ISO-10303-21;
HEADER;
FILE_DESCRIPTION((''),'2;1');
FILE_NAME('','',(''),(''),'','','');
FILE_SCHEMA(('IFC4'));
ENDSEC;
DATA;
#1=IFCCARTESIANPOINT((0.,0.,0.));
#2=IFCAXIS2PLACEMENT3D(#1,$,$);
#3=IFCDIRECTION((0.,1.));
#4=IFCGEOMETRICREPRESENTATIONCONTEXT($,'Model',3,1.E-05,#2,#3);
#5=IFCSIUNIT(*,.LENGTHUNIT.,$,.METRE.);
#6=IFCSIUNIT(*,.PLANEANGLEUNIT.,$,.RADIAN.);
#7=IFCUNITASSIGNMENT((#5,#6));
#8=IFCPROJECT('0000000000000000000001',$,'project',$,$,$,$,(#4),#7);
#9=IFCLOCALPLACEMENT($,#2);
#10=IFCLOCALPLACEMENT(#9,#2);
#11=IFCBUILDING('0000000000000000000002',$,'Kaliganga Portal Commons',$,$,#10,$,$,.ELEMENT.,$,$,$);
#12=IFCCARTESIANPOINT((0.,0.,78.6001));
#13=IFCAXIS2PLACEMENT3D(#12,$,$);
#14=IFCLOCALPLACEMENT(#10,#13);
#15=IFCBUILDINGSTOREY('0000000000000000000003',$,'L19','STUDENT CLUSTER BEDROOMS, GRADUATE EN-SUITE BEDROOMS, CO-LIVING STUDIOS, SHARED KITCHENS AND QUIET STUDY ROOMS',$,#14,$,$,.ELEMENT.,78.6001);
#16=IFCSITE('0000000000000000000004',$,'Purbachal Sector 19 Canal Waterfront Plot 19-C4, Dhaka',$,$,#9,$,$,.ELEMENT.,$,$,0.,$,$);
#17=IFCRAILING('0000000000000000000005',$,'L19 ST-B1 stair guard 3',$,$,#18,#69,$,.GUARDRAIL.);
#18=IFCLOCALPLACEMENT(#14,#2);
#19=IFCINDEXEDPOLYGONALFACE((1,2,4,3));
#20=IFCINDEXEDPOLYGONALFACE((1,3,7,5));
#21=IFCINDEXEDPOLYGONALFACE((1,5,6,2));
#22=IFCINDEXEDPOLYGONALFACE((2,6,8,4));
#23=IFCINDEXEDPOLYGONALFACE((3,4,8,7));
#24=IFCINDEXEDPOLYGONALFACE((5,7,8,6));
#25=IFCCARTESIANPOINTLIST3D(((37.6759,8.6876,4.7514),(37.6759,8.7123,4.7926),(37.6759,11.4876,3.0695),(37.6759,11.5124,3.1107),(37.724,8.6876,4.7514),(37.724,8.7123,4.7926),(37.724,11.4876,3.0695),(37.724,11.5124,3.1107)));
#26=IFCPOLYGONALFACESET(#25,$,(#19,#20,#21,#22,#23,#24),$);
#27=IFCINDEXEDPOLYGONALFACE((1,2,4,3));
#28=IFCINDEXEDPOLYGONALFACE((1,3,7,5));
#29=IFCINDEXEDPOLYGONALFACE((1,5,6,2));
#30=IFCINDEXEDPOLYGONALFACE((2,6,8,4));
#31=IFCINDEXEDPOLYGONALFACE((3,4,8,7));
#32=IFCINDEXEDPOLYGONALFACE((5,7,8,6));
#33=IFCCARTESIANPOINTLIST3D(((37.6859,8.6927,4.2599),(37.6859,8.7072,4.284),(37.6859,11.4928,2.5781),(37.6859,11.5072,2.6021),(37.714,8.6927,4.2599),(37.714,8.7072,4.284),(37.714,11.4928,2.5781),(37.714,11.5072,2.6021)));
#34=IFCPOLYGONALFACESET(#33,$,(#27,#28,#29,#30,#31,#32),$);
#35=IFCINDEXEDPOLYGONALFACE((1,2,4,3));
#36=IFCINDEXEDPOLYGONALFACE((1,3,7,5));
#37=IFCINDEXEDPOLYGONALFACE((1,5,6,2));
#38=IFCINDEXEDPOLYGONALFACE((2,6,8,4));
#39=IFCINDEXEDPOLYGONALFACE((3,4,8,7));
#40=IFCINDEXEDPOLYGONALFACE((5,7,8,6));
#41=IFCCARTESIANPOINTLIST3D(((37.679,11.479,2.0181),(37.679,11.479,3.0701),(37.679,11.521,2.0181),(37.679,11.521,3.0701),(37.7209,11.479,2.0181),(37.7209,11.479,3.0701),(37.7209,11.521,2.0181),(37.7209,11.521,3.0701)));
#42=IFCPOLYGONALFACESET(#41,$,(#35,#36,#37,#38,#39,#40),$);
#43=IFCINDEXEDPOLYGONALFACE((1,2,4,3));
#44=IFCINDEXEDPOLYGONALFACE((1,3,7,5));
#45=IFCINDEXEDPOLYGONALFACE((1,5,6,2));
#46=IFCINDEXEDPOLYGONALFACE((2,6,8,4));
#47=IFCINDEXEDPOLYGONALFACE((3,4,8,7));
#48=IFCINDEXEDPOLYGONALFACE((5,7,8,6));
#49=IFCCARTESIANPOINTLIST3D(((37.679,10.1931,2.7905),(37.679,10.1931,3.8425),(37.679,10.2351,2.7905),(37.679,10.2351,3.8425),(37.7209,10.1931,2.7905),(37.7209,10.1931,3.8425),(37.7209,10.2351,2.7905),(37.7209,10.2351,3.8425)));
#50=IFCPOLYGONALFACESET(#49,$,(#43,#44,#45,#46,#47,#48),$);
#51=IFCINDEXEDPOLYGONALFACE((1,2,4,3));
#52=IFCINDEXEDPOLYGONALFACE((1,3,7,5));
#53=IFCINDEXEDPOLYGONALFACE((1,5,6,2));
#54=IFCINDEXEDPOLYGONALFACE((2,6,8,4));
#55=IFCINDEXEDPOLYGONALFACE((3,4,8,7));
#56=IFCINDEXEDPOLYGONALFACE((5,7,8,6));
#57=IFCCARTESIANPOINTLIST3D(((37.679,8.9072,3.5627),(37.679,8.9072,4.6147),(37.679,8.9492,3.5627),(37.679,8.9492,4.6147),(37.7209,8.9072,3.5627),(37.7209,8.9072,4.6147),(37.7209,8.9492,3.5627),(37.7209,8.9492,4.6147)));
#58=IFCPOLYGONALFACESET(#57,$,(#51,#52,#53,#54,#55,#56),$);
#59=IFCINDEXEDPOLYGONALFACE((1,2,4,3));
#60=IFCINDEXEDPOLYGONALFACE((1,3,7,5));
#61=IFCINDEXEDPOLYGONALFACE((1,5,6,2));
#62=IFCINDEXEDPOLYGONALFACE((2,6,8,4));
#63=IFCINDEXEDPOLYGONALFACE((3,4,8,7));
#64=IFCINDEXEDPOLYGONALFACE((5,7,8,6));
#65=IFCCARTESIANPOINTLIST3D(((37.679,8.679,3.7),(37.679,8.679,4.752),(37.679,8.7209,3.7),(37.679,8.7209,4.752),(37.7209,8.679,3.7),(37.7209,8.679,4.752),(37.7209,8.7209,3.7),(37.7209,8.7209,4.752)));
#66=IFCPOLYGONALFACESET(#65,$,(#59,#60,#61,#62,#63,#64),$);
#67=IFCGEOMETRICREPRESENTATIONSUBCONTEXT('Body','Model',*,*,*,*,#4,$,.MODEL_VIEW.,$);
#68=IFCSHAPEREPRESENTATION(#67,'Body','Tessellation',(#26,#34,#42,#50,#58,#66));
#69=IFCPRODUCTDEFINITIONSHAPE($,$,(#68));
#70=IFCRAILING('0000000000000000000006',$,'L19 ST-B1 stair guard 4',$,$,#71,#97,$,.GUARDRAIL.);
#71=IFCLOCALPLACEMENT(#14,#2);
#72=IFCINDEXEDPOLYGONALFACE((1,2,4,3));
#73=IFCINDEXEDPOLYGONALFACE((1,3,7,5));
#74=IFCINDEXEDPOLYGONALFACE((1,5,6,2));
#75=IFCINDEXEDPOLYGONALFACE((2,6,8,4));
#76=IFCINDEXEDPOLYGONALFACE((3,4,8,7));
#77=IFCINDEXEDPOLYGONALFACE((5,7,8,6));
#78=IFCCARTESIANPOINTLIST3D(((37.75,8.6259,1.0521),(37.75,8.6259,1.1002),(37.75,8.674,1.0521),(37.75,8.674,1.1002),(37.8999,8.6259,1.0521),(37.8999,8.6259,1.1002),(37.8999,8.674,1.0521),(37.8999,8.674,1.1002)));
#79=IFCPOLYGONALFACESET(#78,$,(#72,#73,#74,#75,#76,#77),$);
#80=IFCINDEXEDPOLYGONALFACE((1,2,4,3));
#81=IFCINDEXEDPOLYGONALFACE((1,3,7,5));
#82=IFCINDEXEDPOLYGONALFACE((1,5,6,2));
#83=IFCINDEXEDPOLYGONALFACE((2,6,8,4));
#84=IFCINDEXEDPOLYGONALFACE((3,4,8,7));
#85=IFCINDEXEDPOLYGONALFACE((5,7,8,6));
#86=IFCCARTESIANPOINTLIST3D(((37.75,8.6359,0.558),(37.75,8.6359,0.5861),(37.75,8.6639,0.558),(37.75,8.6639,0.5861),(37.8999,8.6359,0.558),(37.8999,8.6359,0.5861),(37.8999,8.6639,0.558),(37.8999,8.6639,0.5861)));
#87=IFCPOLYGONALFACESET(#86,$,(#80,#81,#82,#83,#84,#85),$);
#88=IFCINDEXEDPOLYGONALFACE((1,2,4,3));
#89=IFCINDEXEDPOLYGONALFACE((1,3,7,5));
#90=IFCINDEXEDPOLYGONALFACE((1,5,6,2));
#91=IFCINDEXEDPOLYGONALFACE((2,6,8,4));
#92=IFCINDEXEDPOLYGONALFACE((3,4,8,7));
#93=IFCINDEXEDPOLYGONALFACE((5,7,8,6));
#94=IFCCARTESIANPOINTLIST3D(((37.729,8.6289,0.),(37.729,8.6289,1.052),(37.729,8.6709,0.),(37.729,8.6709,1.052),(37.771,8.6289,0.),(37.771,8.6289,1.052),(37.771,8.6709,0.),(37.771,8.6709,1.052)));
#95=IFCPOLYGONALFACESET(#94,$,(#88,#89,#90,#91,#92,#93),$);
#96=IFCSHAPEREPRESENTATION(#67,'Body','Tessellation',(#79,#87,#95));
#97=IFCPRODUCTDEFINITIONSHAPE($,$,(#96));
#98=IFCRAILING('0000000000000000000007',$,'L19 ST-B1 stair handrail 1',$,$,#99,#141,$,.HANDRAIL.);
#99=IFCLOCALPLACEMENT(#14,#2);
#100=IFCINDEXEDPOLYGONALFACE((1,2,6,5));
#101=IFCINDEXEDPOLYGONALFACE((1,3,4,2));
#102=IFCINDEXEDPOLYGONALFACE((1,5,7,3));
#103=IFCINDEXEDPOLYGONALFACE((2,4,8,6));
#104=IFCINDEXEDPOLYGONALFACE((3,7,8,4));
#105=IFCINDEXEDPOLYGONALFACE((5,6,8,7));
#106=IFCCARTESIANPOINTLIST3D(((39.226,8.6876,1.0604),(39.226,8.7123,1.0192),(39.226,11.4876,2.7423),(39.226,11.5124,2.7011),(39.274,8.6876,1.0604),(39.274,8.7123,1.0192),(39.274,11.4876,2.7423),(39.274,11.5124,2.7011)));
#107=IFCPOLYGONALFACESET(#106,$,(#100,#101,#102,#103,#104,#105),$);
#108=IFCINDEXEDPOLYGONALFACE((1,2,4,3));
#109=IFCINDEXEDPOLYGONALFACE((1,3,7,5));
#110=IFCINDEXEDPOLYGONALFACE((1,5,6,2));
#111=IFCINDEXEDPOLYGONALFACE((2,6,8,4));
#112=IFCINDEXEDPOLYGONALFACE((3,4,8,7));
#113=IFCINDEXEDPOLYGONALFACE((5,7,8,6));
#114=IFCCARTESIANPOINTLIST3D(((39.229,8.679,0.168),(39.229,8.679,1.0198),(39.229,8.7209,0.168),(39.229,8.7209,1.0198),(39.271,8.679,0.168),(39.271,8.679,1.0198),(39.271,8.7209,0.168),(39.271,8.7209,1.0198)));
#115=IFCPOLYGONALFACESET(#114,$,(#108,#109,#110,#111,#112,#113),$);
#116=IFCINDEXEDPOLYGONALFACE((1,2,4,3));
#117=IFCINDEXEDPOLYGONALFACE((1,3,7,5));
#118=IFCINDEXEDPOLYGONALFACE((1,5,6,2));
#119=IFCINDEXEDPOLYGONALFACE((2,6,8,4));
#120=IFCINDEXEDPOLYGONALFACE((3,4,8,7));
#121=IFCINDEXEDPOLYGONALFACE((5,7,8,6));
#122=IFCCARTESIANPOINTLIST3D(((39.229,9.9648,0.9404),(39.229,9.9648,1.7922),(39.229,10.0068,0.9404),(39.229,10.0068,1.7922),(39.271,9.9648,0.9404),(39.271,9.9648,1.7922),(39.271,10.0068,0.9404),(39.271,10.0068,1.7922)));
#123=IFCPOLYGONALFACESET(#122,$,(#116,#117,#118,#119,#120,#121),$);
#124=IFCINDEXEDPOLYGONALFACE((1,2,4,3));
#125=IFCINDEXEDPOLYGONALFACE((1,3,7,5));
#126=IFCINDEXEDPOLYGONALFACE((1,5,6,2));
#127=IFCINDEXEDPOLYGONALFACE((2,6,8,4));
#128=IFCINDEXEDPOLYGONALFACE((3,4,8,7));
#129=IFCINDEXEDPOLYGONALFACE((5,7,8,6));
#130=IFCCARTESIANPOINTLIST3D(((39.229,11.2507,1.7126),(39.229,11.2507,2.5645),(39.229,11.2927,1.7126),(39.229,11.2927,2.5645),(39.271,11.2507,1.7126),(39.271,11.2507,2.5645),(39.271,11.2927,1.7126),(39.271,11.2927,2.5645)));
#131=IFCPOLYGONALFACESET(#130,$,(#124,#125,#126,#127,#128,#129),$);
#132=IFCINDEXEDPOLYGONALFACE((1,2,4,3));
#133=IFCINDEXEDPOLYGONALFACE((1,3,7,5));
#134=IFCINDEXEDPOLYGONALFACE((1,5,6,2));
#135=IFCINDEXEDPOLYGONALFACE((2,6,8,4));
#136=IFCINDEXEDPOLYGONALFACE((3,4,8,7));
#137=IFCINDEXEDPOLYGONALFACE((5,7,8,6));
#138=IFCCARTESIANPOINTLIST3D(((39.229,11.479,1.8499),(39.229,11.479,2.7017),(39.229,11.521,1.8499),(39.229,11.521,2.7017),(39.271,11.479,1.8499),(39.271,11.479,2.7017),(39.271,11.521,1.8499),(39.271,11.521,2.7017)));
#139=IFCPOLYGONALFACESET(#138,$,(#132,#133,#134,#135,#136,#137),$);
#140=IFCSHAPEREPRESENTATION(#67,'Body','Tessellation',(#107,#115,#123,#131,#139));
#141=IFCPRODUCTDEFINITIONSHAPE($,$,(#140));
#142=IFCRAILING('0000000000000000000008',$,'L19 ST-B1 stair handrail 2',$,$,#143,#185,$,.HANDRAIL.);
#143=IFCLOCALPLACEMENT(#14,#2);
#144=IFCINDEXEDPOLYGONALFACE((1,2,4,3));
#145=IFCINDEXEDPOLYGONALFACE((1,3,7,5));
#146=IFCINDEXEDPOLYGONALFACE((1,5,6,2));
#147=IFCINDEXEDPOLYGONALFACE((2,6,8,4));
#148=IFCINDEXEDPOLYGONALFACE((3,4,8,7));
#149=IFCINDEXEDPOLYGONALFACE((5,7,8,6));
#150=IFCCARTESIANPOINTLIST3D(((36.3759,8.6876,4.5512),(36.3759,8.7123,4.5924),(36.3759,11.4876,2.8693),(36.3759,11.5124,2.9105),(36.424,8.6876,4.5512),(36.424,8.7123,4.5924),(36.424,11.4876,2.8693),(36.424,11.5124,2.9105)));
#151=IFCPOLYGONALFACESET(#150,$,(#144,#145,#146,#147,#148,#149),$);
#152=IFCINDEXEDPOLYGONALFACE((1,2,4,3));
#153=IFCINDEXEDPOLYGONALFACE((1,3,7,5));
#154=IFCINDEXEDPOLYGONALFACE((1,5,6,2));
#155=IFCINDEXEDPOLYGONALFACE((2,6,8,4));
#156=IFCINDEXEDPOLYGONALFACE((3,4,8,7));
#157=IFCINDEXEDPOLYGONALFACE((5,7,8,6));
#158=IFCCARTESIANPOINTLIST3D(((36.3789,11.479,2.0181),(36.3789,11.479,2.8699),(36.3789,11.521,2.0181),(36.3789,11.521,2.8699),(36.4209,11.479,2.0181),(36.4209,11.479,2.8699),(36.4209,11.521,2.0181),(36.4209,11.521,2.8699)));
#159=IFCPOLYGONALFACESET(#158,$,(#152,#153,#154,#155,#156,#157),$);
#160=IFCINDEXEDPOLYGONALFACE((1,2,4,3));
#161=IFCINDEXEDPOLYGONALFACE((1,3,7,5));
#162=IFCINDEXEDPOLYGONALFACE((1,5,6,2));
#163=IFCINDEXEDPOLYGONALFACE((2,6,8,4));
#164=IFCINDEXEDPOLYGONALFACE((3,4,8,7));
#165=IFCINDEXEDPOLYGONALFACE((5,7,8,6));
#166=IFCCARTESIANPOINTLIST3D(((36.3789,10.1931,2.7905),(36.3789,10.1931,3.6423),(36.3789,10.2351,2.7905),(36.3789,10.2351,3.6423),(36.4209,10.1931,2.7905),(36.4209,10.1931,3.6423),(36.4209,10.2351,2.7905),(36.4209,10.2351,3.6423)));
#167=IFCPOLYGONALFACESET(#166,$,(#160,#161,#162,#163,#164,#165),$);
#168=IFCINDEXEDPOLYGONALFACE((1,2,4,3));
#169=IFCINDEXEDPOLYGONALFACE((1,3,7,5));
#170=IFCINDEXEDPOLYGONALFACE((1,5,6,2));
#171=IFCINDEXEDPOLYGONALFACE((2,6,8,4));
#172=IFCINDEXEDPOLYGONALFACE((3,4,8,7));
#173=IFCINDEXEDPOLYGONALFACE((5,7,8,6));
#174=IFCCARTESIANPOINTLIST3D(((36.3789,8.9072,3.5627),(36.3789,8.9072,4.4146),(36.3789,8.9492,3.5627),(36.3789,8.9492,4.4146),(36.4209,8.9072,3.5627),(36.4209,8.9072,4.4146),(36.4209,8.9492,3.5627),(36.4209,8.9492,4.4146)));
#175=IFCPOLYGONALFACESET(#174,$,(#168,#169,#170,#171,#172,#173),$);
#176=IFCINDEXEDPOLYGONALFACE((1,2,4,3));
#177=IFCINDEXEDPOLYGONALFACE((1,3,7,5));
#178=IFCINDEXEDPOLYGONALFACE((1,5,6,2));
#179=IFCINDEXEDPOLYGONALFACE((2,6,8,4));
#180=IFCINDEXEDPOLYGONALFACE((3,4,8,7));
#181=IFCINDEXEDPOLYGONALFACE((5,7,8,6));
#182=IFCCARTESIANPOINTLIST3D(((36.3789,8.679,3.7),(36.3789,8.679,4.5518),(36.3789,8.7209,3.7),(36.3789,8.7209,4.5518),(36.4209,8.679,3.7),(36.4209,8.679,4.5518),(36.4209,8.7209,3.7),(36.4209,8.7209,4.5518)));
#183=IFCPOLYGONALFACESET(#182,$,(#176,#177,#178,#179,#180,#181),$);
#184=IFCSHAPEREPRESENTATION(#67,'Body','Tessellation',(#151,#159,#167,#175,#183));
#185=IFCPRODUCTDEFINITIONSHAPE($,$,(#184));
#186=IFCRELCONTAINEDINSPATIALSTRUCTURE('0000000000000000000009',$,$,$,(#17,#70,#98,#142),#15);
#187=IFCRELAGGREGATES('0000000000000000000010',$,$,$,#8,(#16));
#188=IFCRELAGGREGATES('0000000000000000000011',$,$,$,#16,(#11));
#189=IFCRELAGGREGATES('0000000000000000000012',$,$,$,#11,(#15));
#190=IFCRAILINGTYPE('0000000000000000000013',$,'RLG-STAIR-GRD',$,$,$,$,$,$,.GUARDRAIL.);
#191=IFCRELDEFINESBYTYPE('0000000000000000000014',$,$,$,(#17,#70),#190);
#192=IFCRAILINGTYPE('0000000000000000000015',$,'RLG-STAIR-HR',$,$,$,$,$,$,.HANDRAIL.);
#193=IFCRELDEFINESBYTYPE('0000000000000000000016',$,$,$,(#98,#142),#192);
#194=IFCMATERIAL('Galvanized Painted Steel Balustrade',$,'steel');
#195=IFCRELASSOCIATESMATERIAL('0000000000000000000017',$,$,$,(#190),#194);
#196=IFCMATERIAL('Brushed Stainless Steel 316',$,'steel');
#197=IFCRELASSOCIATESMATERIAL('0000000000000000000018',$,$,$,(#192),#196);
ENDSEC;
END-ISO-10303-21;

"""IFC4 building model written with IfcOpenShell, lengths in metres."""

from ifc_helpers import new_model, si_unit, direction, frame, origin, origin_2d, place, context, subcontext, project, spatial, rectangle, extrude, material, type_object, element, save


model = new_model("IFC4")

# Units and contexts
model_context = context("Model", 3, precision=1e-05, world=origin(), true_north=direction((0.0, 1.0)))
body_context = subcontext(model_context, "Body", "Model", "MODEL_VIEW")
ifc_project = project(units=[si_unit("LENGTHUNIT", "METRE"), si_unit("PLANEANGLEUNIT", "RADIAN")], contexts=[model_context])

# Site, building, storey
site_placement = place(None, origin())
site = spatial("IfcSite", under=ifc_project, at=site_placement, Name="Purbachal Sector 19 Canal Waterfront Plot 19-C4, Dhaka", CompositionType="ELEMENT", RefElevation=0.0)
building_placement = place(site_placement, origin())
building = spatial("IfcBuilding", under=site, at=building_placement, Name="Kaliganga Portal Commons", CompositionType="ELEMENT")
storey_placement = place(building_placement, frame((0.0, 0.0, 78.6001)))
storey = spatial("IfcBuildingStorey", under=building, at=storey_placement, Name="L19", Description="STUDENT CLUSTER BEDROOMS, GRADUATE EN-SUITE BEDROOMS, CO-LIVING STUDIOS, SHARED KITCHENS AND QUIET STUDY ROOMS", CompositionType="ELEMENT", Elevation=78.6001)

# Railings
ifc_material_1 = material(Name="Galvanized Painted Steel Balustrade", Category="steel")
railing_type_1 = type_object("IfcRailingType", Name="RLG-STAIR-GRD", PredefinedType="GUARDRAIL", material=ifc_material_1)
railing_1_placement = place(storey_placement, frame((37.7, 11.5, 2.0181)))
element("IfcRailing", 1, at=railing_1_placement, inside=storey, type_object=railing_type_1, Name="L19 ST-B1 stair guard 3", PredefinedType="GUARDRAIL", context=body_context, shape_type="SweptSolid", body=[
    extrude(rectangle(XDim=0.0481, YDim=0.0481, at=origin_2d()), frame((0.0, 0.0, 1.072), z_axis=(0.0, -0.857242, 0.514913), x_axis=(1.0, 0.0, 0.0)), (0.0, 0.0, 1.0), 3.2664),
    extrude(rectangle(XDim=0.0281, YDim=0.0281, at=origin_2d()), frame((0.0, 0.0, 0.572), z_axis=(0.0, -0.857242, 0.514913), x_axis=(1.0, 0.0, 0.0)), (0.0, 0.0, 1.0), 3.2664),
    extrude(rectangle(XDim=0.042, YDim=0.042, at=origin_2d()), origin(), (0.0, 0.0, 1.0), 1.052),
    extrude(rectangle(XDim=0.042, YDim=0.042, at=origin_2d()), frame((0.0, -1.2859, 0.7725)), (0.0, 0.0, 1.0), 1.052),
    extrude(rectangle(XDim=0.042, YDim=0.042, at=origin_2d()), frame((0.0, -2.5718, 1.5447)), (0.0, 0.0, 1.0), 1.052),
    extrude(rectangle(XDim=0.042, YDim=0.042, at=origin_2d()), frame((0.0, -2.8, 1.6819)), (0.0, 0.0, 1.0), 1.052),
])
railing_2_placement = place(storey_placement, frame((37.8999, 8.6499, 0.0)))
element("IfcRailing", 2, at=railing_2_placement, inside=storey, type_object=railing_type_1, Name="L19 ST-B1 stair guard 4", PredefinedType="GUARDRAIL", context=body_context, shape_type="SweptSolid", body=[
    extrude(rectangle(XDim=0.0481, YDim=0.0481, at=origin_2d()), frame((0.0, 0.0, 1.0762), z_axis=(-1.0, 0.0, 0.0), x_axis=(0.0, -1.0, 0.0)), (0.0, 0.0, 1.0), 0.1499),
    extrude(rectangle(XDim=0.0281, YDim=0.0281, at=origin_2d()), frame((0.0, 0.0, 0.572), z_axis=(-1.0, 0.0, 0.0), x_axis=(0.0, -1.0, 0.0)), (0.0, 0.0, 1.0), 0.1499),
    extrude(rectangle(XDim=0.042, YDim=0.042, at=origin_2d()), frame((-0.1499, 0.0, 0.0)), (0.0, 0.0, 1.0), 1.052),
])
ifc_material_2 = material(Name="Brushed Stainless Steel 316", Category="steel")
railing_type_2 = type_object("IfcRailingType", Name="RLG-STAIR-HR", PredefinedType="HANDRAIL", material=ifc_material_2)
railing_3_placement = place(storey_placement, frame((39.25, 8.7, 0.168)))
element("IfcRailing", 3, at=railing_3_placement, inside=storey, type_object=railing_type_2, Name="L19 ST-B1 stair handrail 1", PredefinedType="HANDRAIL", context=body_context, shape_type="SweptSolid", body=[
    extrude(rectangle(XDim=0.0481, YDim=0.0481, at=origin_2d()), frame((0.0, 0.0, 0.8718), z_axis=(0.0, 0.857242, 0.514913), x_axis=(-1.0, 0.0, 0.0)), (0.0, 0.0, 1.0), 3.2664),
    extrude(rectangle(XDim=0.042, YDim=0.042, at=origin_2d()), origin(), (0.0, 0.0, 1.0), 0.8518),
    extrude(rectangle(XDim=0.042, YDim=0.042, at=origin_2d()), frame((0.0, 1.2859, 0.7725)), (0.0, 0.0, 1.0), 0.8518),
    extrude(rectangle(XDim=0.042, YDim=0.042, at=origin_2d()), frame((0.0, 2.5718, 1.5447)), (0.0, 0.0, 1.0), 0.8518),
    extrude(rectangle(XDim=0.042, YDim=0.042, at=origin_2d()), frame((0.0, 2.8, 1.6819)), (0.0, 0.0, 1.0), 0.8518),
])
railing_4_placement = place(storey_placement, frame((36.3999, 11.5, 2.0181)))
element("IfcRailing", 4, at=railing_4_placement, inside=storey, type_object=railing_type_2, Name="L19 ST-B1 stair handrail 2", PredefinedType="HANDRAIL", context=body_context, shape_type="SweptSolid", body=[
    extrude(rectangle(XDim=0.0481, YDim=0.0481, at=origin_2d()), frame((0.0, 0.0, 0.8718), z_axis=(0.0, -0.857242, 0.514913), x_axis=(1.0, 0.0, 0.0)), (0.0, 0.0, 1.0), 3.2664),
    extrude(rectangle(XDim=0.042, YDim=0.042, at=origin_2d()), origin(), (0.0, 0.0, 1.0), 0.8518),
    extrude(rectangle(XDim=0.042, YDim=0.042, at=origin_2d()), frame((0.0, -1.2859, 0.7725)), (0.0, 0.0, 1.0), 0.8518),
    extrude(rectangle(XDim=0.042, YDim=0.042, at=origin_2d()), frame((0.0, -2.5718, 1.5447)), (0.0, 0.0, 1.0), 0.8518),
    extrude(rectangle(XDim=0.042, YDim=0.042, at=origin_2d()), frame((0.0, -2.8, 1.6819)), (0.0, 0.0, 1.0), 0.8518),
])

save(model, "model.ifc")
